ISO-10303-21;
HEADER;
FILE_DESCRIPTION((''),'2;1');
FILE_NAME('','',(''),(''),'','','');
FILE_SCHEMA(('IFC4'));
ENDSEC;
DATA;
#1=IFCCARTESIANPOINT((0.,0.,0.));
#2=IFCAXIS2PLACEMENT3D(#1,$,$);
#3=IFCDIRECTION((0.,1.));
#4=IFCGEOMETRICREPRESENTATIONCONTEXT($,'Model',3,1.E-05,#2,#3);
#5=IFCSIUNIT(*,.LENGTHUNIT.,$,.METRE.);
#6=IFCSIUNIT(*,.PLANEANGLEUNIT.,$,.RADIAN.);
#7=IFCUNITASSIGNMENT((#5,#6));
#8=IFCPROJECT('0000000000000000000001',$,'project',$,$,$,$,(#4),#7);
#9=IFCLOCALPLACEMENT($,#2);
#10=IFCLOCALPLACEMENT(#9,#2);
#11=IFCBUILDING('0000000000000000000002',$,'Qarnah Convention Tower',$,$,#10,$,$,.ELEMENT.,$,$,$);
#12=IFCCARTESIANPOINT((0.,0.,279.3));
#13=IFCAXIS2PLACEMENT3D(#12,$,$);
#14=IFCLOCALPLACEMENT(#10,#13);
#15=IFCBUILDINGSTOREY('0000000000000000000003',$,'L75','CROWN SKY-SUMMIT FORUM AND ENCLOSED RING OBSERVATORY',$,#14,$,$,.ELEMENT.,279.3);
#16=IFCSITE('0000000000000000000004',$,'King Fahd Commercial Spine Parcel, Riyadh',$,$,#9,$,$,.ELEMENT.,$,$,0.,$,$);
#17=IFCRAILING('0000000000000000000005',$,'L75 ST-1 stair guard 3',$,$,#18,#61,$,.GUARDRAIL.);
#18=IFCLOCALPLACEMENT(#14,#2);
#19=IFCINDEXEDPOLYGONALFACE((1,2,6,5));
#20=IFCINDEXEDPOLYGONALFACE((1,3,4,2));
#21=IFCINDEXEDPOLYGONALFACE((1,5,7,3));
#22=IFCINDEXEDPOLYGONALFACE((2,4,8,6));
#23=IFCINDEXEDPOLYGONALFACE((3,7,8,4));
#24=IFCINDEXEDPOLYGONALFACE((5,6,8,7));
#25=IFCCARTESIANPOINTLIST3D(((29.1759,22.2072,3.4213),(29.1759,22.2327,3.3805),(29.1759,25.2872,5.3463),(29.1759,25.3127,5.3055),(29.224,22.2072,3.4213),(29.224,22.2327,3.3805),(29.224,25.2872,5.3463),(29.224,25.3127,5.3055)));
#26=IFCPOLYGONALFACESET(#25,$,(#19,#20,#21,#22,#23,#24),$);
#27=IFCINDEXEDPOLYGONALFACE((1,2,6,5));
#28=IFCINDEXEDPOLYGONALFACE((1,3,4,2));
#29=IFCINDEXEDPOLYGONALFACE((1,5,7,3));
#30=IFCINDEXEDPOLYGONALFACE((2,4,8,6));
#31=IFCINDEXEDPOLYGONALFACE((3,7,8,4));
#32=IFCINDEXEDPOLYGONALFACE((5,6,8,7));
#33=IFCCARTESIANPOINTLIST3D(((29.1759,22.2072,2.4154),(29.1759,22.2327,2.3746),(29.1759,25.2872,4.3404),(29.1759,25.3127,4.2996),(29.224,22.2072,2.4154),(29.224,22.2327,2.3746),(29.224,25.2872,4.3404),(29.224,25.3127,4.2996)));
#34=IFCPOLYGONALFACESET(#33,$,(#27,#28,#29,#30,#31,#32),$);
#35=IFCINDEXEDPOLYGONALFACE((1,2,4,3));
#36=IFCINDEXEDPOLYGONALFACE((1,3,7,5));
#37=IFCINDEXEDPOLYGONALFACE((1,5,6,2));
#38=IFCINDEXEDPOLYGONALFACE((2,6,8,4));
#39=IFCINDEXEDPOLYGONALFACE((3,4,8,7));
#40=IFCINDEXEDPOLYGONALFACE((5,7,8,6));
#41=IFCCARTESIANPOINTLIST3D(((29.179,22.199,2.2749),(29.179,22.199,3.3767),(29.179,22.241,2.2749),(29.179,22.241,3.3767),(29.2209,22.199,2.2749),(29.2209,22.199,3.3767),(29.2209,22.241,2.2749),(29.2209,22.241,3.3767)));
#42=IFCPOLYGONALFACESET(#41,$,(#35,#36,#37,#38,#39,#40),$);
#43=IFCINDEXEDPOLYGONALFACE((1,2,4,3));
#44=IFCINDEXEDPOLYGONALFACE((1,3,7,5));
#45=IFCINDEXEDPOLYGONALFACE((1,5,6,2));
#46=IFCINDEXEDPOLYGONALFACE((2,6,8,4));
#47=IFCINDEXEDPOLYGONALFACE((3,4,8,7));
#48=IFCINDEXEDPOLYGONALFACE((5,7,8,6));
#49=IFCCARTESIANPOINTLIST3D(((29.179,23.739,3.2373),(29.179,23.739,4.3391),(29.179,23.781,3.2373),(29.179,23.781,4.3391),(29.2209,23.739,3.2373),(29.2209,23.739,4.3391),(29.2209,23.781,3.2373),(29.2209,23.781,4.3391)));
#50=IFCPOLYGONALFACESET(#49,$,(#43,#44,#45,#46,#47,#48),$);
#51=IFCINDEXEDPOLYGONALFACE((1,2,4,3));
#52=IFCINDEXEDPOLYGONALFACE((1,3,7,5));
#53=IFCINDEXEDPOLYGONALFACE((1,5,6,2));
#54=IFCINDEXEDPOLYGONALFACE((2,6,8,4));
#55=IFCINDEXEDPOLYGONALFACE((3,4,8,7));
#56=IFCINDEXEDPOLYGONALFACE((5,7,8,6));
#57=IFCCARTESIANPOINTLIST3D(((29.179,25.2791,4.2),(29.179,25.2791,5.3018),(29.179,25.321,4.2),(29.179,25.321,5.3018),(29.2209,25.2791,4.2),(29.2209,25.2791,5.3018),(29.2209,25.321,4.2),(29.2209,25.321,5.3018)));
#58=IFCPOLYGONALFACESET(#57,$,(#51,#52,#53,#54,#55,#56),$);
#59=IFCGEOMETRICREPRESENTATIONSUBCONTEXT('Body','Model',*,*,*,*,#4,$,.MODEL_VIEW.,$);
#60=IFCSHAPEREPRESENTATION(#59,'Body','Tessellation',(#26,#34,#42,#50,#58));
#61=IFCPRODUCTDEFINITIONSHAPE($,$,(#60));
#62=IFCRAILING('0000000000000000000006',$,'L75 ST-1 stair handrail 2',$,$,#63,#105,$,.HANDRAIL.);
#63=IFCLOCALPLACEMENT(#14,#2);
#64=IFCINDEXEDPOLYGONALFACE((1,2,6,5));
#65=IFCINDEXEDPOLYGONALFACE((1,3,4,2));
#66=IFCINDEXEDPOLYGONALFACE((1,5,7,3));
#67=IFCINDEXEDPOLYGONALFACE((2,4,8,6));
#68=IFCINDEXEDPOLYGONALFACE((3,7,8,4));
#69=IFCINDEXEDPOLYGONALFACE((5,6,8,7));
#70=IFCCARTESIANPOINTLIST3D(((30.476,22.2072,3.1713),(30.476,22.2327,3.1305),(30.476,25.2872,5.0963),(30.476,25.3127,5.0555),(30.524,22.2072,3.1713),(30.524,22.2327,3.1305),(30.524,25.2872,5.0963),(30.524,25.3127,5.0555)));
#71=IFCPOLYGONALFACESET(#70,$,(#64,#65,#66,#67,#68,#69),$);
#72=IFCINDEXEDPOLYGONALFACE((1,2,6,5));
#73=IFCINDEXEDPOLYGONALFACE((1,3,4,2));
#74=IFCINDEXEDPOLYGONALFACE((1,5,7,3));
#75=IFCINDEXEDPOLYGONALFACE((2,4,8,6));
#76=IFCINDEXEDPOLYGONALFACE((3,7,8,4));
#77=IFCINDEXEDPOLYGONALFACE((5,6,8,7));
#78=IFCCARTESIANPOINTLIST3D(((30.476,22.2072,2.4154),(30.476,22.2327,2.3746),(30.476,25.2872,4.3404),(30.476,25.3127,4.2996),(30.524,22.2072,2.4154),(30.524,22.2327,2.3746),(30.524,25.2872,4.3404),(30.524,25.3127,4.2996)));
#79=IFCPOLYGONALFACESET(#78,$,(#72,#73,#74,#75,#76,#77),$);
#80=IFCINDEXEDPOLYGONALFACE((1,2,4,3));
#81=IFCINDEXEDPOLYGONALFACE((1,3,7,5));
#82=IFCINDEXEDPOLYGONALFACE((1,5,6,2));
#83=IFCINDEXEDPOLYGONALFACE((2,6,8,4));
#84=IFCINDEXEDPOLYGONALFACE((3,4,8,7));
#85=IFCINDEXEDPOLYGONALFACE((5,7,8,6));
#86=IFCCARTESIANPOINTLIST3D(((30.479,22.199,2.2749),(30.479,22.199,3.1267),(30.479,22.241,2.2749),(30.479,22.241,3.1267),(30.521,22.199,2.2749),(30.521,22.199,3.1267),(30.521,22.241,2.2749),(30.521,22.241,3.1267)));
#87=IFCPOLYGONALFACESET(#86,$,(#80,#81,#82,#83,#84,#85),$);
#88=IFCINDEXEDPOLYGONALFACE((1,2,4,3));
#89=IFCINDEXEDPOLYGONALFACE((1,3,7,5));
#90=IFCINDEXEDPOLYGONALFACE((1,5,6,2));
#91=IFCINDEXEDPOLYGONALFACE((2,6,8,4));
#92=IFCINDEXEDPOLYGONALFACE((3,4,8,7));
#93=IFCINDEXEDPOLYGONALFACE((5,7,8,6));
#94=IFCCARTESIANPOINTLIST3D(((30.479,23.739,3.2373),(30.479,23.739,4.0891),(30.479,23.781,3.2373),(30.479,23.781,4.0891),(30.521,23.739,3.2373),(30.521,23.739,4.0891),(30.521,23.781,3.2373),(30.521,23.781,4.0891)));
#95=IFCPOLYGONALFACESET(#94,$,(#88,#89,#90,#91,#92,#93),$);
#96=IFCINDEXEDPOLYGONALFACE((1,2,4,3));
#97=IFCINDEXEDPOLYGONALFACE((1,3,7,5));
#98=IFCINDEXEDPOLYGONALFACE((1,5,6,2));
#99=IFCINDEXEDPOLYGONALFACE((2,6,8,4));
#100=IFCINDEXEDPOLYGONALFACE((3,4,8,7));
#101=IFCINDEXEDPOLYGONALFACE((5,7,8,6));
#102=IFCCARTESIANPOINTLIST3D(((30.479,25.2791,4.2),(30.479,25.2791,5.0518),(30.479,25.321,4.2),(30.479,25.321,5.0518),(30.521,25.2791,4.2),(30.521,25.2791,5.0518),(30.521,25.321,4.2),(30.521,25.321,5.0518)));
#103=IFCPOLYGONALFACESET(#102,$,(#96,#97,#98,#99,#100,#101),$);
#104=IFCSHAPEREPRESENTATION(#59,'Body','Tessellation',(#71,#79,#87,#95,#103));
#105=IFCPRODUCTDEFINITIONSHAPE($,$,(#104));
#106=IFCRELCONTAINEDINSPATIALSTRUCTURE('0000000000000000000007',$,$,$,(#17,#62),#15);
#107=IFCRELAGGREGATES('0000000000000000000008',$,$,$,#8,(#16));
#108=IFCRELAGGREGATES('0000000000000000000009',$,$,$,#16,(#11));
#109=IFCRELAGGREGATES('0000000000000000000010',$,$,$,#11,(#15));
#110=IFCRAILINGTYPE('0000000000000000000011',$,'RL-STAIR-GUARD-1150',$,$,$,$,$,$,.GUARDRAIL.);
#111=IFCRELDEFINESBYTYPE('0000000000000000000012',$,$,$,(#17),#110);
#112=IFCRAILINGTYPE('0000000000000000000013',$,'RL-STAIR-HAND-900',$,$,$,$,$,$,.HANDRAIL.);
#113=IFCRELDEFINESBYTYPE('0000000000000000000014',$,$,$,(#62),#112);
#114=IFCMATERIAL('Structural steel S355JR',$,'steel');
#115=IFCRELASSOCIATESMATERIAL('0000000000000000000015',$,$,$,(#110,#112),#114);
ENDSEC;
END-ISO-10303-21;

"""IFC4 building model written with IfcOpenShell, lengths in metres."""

from ifc_helpers import new_model, si_unit, direction, frame, origin, origin_2d, place, context, subcontext, project, spatial, rectangle, extrude, material, type_object, element, save


model = new_model("IFC4")

# Units and contexts
model_context = context("Model", 3, precision=1e-05, world=origin(), true_north=direction((0.0, 1.0)))
body_context = subcontext(model_context, "Body", "Model", "MODEL_VIEW")
ifc_project = project(units=[si_unit("LENGTHUNIT", "METRE"), si_unit("PLANEANGLEUNIT", "RADIAN")], contexts=[model_context])

# Site, building, storey
site_placement = place(None, origin())
site = spatial("IfcSite", under=ifc_project, at=site_placement, Name="King Fahd Commercial Spine Parcel, Riyadh", CompositionType="ELEMENT", RefElevation=0.0)
building_placement = place(site_placement, origin())
building = spatial("IfcBuilding", under=site, at=building_placement, Name="Qarnah Convention Tower", CompositionType="ELEMENT")
storey_placement = place(building_placement, frame((0.0, 0.0, 279.3)))
storey = spatial("IfcBuildingStorey", under=building, at=storey_placement, Name="L75", Description="CROWN SKY-SUMMIT FORUM AND ENCLOSED RING OBSERVATORY", CompositionType="ELEMENT", Elevation=279.3)

# Shared definitions
ifc_material_1 = material(Name="Structural steel S355JR", Category="steel")

# Railings
railing_type_1 = type_object("IfcRailingType", Name="RL-STAIR-GUARD-1150", PredefinedType="GUARDRAIL", material=ifc_material_1)
railing_1_placement = place(storey_placement, frame((29.2, 22.22, 2.2749)))
element("IfcRailing", 1, at=railing_1_placement, inside=storey, type_object=railing_type_1, Name="L75 ST-1 stair guard 3", PredefinedType="GUARDRAIL", context=body_context, shape_type="SweptSolid", body=[
    extrude(rectangle(XDim=0.0481, YDim=0.0481, at=origin_2d()), frame((0.0, 0.0, 1.126), z_axis=(0.0, 0.847998, 0.529999), x_axis=(-1.0, 0.0, 0.0)), (0.0, 0.0, 1.0), 3.6321),
    extrude(rectangle(XDim=0.0481, YDim=0.0481, at=origin_2d()), frame((0.0, 0.0, 0.1201), z_axis=(0.0, 0.847998, 0.529999), x_axis=(-1.0, 0.0, 0.0)), (0.0, 0.0, 1.0), 3.6321),
    extrude(rectangle(XDim=0.042, YDim=0.042, at=origin_2d()), origin(), (0.0, 0.0, 1.0), 1.1018),
    extrude(rectangle(XDim=0.042, YDim=0.042, at=origin_2d()), frame((0.0, 1.54, 0.9624)), (0.0, 0.0, 1.0), 1.1018),
    extrude(rectangle(XDim=0.042, YDim=0.042, at=origin_2d()), frame((0.0, 3.0801, 1.925)), (0.0, 0.0, 1.0), 1.1018),
])
railing_type_2 = type_object("IfcRailingType", Name="RL-STAIR-HAND-900", PredefinedType="HANDRAIL", material=ifc_material_1)
railing_2_placement = place(storey_placement, frame((30.5, 22.22, 2.2749)))
element("IfcRailing", 2, at=railing_2_placement, inside=storey, type_object=railing_type_2, Name="L75 ST-1 stair handrail 2", PredefinedType="HANDRAIL", context=body_context, shape_type="SweptSolid", body=[
    extrude(rectangle(XDim=0.0481, YDim=0.0481, at=origin_2d()), frame((0.0, 0.0, 0.876), z_axis=(0.0, 0.847998, 0.529999), x_axis=(-1.0, 0.0, 0.0)), (0.0, 0.0, 1.0), 3.6321),
    extrude(rectangle(XDim=0.0481, YDim=0.0481, at=origin_2d()), frame((0.0, 0.0, 0.1201), z_axis=(0.0, 0.847998, 0.529999), x_axis=(-1.0, 0.0, 0.0)), (0.0, 0.0, 1.0), 3.6321),
    extrude(rectangle(XDim=0.042, YDim=0.042, at=origin_2d()), origin(), (0.0, 0.0, 1.0), 0.8518),
    extrude(rectangle(XDim=0.042, YDim=0.042, at=origin_2d()), frame((0.0, 1.54, 0.9624)), (0.0, 0.0, 1.0), 0.8518),
    extrude(rectangle(XDim=0.042, YDim=0.042, at=origin_2d()), frame((0.0, 3.0801, 1.925)), (0.0, 0.0, 1.0), 0.8518),
])

save(model, "model.ifc")
